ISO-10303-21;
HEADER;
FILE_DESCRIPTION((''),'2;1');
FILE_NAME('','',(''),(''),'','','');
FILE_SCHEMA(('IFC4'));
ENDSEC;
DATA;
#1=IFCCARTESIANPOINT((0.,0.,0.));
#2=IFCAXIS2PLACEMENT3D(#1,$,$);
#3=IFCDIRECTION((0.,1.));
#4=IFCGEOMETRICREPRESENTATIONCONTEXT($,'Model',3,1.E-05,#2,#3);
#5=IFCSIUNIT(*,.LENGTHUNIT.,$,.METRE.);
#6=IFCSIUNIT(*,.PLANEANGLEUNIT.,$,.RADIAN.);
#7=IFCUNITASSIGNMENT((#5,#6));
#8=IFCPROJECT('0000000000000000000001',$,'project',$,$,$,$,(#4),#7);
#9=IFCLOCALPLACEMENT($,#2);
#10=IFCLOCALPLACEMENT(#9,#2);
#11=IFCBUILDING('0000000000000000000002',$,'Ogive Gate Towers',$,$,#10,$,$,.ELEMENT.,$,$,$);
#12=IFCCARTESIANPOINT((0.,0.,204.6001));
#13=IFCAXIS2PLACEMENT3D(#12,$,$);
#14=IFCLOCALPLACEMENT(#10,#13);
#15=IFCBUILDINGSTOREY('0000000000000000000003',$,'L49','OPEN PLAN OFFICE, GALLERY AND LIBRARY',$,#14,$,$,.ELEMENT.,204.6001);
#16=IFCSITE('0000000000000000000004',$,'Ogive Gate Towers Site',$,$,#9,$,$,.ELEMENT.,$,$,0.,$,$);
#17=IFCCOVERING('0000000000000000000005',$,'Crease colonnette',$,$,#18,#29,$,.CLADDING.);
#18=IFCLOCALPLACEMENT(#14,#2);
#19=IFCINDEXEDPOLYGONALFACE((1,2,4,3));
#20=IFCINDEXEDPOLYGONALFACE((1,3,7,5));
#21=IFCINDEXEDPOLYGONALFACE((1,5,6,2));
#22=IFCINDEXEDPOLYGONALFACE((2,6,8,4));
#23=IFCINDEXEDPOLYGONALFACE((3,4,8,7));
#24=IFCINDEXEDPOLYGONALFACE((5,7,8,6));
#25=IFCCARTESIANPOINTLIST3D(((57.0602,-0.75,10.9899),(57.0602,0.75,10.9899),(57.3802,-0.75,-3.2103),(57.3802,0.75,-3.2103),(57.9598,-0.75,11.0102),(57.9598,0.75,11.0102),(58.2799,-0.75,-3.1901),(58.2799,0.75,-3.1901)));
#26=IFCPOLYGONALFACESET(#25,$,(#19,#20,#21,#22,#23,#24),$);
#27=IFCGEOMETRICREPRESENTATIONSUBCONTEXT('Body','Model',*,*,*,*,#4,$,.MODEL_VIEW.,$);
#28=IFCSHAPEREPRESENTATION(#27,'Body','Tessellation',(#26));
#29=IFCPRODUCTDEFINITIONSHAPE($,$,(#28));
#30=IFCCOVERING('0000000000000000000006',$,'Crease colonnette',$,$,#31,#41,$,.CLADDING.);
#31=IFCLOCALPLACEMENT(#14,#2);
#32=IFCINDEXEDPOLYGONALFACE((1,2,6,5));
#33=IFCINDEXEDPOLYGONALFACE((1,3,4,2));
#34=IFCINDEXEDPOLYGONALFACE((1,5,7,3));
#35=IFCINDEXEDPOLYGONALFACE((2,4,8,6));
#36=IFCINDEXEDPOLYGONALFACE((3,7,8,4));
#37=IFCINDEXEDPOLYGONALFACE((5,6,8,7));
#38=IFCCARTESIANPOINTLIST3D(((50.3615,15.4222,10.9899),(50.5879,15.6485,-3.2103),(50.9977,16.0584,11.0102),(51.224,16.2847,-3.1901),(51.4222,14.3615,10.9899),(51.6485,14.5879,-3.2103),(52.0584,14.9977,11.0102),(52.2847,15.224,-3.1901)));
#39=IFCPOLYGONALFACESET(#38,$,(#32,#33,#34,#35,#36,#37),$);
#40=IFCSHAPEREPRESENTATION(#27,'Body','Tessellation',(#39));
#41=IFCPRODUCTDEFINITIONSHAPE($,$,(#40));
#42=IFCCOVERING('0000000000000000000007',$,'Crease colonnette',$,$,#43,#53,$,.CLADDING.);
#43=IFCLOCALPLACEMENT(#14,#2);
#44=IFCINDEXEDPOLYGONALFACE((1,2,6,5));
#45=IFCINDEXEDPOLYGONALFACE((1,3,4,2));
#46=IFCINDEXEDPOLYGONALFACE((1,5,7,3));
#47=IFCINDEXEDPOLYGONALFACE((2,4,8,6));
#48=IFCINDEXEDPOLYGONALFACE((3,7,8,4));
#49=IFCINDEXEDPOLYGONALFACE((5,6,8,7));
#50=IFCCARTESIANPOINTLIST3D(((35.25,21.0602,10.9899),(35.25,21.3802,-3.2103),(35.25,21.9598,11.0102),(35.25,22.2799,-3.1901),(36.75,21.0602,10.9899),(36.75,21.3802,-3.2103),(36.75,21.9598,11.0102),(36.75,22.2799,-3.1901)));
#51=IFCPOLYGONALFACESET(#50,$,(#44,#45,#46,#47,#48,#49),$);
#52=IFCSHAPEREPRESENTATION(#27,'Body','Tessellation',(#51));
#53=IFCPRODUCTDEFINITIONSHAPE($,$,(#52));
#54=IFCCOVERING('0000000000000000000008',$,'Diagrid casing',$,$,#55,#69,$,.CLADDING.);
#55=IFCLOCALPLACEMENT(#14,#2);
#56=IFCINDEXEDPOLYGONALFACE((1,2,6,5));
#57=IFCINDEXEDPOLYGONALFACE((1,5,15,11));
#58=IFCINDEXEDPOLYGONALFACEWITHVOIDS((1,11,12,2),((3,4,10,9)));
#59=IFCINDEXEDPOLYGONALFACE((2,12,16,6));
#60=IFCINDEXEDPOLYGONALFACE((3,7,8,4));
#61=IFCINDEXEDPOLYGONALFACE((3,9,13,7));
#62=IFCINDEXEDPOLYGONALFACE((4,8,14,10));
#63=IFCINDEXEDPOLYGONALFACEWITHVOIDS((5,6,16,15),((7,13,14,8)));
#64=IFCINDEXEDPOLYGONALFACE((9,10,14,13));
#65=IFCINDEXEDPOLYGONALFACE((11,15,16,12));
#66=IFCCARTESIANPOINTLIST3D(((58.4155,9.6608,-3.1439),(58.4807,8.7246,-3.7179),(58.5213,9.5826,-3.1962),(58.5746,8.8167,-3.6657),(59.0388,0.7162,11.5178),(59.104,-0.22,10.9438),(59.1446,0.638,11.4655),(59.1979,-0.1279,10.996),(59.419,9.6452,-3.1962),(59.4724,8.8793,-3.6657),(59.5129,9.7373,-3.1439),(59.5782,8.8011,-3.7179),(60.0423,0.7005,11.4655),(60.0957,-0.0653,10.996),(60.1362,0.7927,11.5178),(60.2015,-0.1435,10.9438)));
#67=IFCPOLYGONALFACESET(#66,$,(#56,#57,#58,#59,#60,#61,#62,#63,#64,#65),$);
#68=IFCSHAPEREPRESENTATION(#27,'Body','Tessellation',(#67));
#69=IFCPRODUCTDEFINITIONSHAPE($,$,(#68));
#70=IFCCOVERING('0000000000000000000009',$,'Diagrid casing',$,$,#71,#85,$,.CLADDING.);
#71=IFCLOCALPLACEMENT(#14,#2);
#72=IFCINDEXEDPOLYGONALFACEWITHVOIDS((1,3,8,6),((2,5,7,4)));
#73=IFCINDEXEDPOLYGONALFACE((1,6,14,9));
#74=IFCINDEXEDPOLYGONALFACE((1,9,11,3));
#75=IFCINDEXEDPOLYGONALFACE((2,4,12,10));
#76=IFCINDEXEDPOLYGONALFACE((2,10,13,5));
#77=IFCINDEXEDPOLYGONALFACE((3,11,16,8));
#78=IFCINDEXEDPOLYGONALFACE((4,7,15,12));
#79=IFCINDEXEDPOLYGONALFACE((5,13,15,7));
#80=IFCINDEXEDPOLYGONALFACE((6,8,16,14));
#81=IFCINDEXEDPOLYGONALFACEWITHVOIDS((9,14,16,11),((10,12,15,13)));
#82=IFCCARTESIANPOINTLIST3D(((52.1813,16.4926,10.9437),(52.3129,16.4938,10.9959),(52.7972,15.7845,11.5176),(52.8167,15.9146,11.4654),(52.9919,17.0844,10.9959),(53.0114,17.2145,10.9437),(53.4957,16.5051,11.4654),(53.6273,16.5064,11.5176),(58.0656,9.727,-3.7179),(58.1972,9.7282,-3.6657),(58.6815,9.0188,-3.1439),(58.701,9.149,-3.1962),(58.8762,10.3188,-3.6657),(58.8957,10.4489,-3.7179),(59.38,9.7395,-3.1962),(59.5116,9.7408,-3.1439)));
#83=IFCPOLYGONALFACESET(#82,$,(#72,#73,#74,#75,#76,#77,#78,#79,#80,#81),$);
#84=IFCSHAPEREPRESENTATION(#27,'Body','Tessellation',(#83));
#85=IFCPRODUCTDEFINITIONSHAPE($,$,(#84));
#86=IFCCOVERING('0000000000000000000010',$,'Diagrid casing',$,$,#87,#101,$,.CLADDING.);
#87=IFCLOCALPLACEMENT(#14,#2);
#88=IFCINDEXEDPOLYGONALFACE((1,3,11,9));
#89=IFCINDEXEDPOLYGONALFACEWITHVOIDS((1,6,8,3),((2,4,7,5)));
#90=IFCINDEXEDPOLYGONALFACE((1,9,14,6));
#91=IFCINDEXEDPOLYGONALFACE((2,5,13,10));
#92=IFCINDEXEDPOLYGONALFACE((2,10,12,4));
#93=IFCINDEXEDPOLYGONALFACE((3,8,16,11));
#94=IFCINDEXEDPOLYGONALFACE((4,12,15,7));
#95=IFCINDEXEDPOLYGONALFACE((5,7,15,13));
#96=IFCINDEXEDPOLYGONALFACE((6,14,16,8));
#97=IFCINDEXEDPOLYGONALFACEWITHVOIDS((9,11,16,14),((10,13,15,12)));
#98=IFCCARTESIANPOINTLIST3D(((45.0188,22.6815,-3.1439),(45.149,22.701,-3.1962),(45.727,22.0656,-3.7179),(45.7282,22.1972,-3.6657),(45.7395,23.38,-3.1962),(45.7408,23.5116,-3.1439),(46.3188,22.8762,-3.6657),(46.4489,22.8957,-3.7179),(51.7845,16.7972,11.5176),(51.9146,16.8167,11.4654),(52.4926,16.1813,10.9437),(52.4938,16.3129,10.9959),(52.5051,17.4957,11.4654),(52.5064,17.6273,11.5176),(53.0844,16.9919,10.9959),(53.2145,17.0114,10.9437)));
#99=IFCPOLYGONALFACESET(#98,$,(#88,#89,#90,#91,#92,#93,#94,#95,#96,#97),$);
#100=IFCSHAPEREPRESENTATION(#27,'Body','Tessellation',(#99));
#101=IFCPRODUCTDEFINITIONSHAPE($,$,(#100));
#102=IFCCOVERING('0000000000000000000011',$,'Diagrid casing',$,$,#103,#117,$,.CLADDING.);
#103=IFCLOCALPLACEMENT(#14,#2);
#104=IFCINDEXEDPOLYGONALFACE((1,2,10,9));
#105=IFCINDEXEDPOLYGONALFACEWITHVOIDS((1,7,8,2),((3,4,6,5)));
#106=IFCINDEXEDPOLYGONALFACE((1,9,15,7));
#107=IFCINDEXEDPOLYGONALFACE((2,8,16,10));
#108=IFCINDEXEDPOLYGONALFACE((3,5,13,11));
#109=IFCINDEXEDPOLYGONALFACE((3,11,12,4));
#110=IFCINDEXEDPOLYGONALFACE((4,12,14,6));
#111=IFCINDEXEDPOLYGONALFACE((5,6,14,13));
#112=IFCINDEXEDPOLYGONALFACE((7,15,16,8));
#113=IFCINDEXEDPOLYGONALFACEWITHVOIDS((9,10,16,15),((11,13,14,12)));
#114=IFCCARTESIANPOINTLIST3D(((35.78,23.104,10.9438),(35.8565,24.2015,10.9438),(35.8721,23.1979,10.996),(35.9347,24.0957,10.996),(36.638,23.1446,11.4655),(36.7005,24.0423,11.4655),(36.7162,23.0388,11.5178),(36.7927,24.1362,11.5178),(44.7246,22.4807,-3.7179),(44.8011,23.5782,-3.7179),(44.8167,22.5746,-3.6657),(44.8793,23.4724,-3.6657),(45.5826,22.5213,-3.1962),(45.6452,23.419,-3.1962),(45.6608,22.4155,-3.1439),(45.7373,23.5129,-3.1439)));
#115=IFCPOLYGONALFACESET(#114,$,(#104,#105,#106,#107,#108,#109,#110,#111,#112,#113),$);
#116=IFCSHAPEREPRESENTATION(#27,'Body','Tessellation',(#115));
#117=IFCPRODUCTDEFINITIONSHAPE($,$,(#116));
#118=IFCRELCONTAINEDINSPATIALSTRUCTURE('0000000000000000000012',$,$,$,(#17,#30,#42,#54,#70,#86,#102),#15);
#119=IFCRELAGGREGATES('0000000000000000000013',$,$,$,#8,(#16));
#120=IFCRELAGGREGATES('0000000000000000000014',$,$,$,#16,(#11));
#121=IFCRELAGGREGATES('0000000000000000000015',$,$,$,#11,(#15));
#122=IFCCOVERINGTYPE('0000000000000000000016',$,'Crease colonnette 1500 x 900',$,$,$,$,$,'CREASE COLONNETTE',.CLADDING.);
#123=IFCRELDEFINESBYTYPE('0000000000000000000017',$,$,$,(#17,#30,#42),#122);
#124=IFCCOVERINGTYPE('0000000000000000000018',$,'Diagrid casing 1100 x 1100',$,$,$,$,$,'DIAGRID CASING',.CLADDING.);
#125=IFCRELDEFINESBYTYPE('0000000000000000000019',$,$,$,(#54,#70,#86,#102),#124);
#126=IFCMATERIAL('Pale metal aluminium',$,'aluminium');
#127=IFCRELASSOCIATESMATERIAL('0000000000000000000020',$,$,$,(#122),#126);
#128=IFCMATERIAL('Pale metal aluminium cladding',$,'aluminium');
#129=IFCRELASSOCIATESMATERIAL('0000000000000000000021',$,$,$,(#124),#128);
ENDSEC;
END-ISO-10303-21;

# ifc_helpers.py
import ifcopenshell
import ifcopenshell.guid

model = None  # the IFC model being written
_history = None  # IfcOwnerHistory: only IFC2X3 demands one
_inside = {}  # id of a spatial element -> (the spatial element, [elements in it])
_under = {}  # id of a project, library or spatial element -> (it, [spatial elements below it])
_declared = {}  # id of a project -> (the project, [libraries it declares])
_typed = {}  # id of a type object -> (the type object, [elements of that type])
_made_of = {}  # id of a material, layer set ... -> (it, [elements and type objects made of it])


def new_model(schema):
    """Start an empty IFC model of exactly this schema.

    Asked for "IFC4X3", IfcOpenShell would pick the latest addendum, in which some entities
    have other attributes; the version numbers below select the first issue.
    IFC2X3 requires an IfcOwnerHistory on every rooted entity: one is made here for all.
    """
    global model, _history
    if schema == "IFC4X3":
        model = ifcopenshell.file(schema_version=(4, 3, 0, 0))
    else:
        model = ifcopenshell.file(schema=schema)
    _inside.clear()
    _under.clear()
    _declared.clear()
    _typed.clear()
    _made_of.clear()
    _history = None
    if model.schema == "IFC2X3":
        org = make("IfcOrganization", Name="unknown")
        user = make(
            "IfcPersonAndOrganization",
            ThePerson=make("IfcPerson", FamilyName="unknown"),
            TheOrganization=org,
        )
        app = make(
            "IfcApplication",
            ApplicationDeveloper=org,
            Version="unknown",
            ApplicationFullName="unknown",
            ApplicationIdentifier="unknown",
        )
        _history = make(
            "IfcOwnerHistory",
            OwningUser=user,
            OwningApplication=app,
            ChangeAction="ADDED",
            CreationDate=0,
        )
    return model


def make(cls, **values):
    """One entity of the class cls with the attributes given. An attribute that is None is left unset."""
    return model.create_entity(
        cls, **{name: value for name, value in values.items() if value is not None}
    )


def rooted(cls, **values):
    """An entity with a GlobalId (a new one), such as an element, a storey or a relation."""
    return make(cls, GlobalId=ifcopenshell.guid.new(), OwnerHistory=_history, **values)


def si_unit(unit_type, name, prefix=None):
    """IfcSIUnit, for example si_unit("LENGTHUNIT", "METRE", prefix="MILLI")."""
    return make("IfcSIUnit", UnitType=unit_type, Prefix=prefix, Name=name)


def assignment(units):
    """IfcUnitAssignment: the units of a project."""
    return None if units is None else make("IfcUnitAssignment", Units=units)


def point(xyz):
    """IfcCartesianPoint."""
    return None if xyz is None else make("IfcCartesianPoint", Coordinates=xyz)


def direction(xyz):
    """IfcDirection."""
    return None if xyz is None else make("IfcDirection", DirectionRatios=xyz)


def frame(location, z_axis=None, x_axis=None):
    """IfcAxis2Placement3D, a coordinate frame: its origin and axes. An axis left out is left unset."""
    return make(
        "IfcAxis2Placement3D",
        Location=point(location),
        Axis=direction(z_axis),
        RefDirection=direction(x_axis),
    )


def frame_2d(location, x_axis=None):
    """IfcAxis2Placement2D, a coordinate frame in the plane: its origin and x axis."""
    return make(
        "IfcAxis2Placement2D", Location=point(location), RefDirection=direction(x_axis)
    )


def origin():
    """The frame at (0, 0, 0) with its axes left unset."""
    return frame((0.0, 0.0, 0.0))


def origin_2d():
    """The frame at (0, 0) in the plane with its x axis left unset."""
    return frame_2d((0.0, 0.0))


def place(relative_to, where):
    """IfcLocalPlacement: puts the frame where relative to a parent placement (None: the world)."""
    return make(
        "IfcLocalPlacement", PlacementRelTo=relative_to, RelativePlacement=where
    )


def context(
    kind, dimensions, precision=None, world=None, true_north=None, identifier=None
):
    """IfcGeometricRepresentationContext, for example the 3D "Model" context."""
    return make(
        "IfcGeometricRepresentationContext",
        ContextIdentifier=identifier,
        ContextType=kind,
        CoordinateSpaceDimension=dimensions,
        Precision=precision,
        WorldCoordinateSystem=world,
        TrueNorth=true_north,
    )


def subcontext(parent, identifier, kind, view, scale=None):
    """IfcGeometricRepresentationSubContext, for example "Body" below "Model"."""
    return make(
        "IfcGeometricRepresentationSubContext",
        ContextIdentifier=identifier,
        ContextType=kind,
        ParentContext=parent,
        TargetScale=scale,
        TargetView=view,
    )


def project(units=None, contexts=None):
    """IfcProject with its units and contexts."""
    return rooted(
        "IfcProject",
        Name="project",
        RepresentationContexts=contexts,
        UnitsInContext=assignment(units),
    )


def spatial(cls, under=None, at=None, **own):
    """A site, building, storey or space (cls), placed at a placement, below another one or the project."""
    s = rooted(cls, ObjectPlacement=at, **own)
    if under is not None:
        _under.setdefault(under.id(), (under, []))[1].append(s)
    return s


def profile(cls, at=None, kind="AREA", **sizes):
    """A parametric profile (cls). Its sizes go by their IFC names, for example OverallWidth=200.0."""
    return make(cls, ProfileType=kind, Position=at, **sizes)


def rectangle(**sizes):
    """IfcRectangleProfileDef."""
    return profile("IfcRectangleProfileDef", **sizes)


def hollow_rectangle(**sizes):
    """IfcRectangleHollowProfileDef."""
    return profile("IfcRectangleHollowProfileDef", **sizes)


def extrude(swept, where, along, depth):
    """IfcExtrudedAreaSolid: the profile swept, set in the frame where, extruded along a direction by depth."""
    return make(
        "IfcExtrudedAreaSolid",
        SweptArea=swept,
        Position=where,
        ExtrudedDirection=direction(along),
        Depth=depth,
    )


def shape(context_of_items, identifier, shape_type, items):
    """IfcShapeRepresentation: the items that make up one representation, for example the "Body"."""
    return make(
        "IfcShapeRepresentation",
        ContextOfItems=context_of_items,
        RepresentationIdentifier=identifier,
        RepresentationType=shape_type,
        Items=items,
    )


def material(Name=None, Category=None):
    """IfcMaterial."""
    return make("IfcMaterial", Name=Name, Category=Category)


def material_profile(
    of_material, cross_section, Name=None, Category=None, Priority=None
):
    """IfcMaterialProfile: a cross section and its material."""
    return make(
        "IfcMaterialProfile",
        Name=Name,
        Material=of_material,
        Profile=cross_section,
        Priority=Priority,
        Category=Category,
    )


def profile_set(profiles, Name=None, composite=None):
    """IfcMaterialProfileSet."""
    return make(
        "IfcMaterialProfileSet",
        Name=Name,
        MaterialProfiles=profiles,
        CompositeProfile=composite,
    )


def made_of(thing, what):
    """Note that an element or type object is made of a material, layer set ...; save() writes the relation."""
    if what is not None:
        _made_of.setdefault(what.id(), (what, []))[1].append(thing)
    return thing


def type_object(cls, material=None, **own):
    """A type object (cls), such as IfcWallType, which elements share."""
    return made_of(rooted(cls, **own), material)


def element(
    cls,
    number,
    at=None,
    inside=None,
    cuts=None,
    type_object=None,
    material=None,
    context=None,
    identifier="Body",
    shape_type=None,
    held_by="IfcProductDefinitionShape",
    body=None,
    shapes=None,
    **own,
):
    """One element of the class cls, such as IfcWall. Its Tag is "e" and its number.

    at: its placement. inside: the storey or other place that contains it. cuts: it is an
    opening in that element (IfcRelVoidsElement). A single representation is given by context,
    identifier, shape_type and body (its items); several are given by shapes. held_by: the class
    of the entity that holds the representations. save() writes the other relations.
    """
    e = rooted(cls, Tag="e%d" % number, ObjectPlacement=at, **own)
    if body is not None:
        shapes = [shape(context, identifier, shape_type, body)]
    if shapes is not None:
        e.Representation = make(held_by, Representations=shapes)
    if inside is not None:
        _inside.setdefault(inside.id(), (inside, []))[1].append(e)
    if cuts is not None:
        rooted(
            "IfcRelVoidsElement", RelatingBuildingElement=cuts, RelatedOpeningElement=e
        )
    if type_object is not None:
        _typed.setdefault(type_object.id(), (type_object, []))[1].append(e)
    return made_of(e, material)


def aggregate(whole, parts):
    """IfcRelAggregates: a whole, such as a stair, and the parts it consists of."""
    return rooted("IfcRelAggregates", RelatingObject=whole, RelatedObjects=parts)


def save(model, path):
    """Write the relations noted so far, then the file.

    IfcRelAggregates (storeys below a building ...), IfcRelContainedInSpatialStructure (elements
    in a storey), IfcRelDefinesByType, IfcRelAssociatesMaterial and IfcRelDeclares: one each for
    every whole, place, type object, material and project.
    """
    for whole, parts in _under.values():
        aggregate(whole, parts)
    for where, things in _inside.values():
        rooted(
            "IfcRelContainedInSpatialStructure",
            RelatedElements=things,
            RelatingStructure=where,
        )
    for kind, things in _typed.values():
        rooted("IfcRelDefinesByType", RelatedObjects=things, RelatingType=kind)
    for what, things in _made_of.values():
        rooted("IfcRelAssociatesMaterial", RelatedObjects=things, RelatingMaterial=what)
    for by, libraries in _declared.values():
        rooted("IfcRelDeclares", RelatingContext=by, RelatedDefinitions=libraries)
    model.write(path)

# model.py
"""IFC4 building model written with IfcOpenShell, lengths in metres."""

from ifc_helpers import new_model, si_unit, direction, frame, origin, origin_2d, place, context, subcontext, project, spatial, rectangle, hollow_rectangle, extrude, material, material_profile, profile_set, type_object, element, save


model = new_model("IFC4")

# Units and contexts
model_context = context("Model", 3, precision=1e-05, world=origin(), true_north=direction((0.0, 1.0)))
body_context = subcontext(model_context, "Body", "Model", "MODEL_VIEW")
ifc_project = project(units=[si_unit("LENGTHUNIT", "METRE"), si_unit("PLANEANGLEUNIT", "RADIAN")], contexts=[model_context])

# Site, building, storey
site_placement = place(None, origin())
site = spatial("IfcSite", under=ifc_project, at=site_placement, Name="Ogive Gate Towers Site", CompositionType="ELEMENT", RefElevation=0.0)
building_placement = place(site_placement, origin())
building = spatial("IfcBuilding", under=site, at=building_placement, Name="Ogive Gate Towers", CompositionType="ELEMENT")
storey_placement = place(building_placement, frame((0.0, 0.0, 204.6001)))
storey = spatial("IfcBuildingStorey", under=building, at=storey_placement, Name="L49", Description="OPEN PLAN OFFICE, GALLERY AND LIBRARY", CompositionType="ELEMENT", Elevation=204.6001)

# Coverings
ifc_material_1 = material(Name="Pale metal aluminium", Category="aluminium")
ifc_material_profile_1 = material_profile(ifc_material_1, rectangle(XDim=1.5, YDim=0.8999, at=origin_2d()), Name="1500 x 900 pale metal aluminium")
ifc_profile_set_1 = profile_set([ifc_material_profile_1], Name="Pale metal aluminium")
covering_type_1 = type_object("IfcCoveringType", Name="Crease colonnette 1500 x 900", ElementType="CREASE COLONNETTE", PredefinedType="CLADDING", material=ifc_profile_set_1)
for number, where, z_axis, x_axis, name in (
    (1, (57.8301, 0.0, -3.2002), (-0.022534, 0.0, 0.999746), (0.0, -1.0, 0.0), "Crease colonnette"),
    (2, (51.4363, 15.4363, -3.2002), (-0.015934, -0.015934, 0.999746), (0.707107, -0.707107, 0.0), "Crease colonnette"),
    (3, (36.0, 21.8301, -3.2002), (0.0, -0.022534, 0.999746), (1.0, 0.0, 0.0), "Crease colonnette"),
):
    element("IfcCovering", number, at=place(storey_placement, frame(where, z_axis=z_axis, x_axis=x_axis)), inside=storey, type_object=covering_type_1, Name=name, PredefinedType="CLADDING", context=body_context, shape_type="SweptSolid", body=[
        extrude(rectangle(XDim=1.5, YDim=0.8999, at=origin_2d()), origin(), (0.0, 0.0, 1.0), 14.2039),
    ])
ifc_material_2 = material(Name="Pale metal aluminium cladding", Category="aluminium")
ifc_material_profile_2 = material_profile(ifc_material_2, hollow_rectangle(XDim=1.1001, YDim=1.1001, WallThickness=0.1001, at=origin_2d()), Name="1100 x 1100 pale metal casing")
ifc_profile_set_2 = profile_set([ifc_material_profile_2], Name="Pale metal aluminium cladding")
covering_type_2 = type_object("IfcCoveringType", Name="Diagrid casing 1100 x 1100", ElementType="DIAGRID CASING", PredefinedType="CLADDING", material=ifc_profile_set_2)
for number, where, z_axis, x_axis, name in (
    (4, (58.9968, 9.231, -3.4309), (0.036267, -0.520459, 0.853116), (0.997581, 0.069515, 0.0), "Diagrid casing"),
    (5, (58.7886, 9.7339, -3.4309), (-0.342386, 0.393669, 0.85311), (-0.754543, -0.65625, 0.0), "Diagrid casing"),
    (6, (45.7339, 22.7886, -3.4309), (0.393669, -0.342386, 0.85311), (0.65625, 0.754543, 0.0), "Diagrid casing"),
    (7, (45.231, 22.9968, -3.4309), (-0.520459, 0.036267, 0.853116), (-0.069515, -0.997581, 0.0), "Diagrid casing"),
):
    element("IfcCovering", number, at=place(storey_placement, frame(where, z_axis=z_axis, x_axis=x_axis)), inside=storey, type_object=covering_type_2, Name=name, PredefinedType="CLADDING", context=body_context, shape_type="SweptSolid", body=[
        extrude(hollow_rectangle(XDim=1.1001, YDim=1.1001, WallThickness=0.1001, at=origin_2d()), origin(), (0.0, 0.0, 1.0), 17.186),
    ])

save(model, "model.ifc")
